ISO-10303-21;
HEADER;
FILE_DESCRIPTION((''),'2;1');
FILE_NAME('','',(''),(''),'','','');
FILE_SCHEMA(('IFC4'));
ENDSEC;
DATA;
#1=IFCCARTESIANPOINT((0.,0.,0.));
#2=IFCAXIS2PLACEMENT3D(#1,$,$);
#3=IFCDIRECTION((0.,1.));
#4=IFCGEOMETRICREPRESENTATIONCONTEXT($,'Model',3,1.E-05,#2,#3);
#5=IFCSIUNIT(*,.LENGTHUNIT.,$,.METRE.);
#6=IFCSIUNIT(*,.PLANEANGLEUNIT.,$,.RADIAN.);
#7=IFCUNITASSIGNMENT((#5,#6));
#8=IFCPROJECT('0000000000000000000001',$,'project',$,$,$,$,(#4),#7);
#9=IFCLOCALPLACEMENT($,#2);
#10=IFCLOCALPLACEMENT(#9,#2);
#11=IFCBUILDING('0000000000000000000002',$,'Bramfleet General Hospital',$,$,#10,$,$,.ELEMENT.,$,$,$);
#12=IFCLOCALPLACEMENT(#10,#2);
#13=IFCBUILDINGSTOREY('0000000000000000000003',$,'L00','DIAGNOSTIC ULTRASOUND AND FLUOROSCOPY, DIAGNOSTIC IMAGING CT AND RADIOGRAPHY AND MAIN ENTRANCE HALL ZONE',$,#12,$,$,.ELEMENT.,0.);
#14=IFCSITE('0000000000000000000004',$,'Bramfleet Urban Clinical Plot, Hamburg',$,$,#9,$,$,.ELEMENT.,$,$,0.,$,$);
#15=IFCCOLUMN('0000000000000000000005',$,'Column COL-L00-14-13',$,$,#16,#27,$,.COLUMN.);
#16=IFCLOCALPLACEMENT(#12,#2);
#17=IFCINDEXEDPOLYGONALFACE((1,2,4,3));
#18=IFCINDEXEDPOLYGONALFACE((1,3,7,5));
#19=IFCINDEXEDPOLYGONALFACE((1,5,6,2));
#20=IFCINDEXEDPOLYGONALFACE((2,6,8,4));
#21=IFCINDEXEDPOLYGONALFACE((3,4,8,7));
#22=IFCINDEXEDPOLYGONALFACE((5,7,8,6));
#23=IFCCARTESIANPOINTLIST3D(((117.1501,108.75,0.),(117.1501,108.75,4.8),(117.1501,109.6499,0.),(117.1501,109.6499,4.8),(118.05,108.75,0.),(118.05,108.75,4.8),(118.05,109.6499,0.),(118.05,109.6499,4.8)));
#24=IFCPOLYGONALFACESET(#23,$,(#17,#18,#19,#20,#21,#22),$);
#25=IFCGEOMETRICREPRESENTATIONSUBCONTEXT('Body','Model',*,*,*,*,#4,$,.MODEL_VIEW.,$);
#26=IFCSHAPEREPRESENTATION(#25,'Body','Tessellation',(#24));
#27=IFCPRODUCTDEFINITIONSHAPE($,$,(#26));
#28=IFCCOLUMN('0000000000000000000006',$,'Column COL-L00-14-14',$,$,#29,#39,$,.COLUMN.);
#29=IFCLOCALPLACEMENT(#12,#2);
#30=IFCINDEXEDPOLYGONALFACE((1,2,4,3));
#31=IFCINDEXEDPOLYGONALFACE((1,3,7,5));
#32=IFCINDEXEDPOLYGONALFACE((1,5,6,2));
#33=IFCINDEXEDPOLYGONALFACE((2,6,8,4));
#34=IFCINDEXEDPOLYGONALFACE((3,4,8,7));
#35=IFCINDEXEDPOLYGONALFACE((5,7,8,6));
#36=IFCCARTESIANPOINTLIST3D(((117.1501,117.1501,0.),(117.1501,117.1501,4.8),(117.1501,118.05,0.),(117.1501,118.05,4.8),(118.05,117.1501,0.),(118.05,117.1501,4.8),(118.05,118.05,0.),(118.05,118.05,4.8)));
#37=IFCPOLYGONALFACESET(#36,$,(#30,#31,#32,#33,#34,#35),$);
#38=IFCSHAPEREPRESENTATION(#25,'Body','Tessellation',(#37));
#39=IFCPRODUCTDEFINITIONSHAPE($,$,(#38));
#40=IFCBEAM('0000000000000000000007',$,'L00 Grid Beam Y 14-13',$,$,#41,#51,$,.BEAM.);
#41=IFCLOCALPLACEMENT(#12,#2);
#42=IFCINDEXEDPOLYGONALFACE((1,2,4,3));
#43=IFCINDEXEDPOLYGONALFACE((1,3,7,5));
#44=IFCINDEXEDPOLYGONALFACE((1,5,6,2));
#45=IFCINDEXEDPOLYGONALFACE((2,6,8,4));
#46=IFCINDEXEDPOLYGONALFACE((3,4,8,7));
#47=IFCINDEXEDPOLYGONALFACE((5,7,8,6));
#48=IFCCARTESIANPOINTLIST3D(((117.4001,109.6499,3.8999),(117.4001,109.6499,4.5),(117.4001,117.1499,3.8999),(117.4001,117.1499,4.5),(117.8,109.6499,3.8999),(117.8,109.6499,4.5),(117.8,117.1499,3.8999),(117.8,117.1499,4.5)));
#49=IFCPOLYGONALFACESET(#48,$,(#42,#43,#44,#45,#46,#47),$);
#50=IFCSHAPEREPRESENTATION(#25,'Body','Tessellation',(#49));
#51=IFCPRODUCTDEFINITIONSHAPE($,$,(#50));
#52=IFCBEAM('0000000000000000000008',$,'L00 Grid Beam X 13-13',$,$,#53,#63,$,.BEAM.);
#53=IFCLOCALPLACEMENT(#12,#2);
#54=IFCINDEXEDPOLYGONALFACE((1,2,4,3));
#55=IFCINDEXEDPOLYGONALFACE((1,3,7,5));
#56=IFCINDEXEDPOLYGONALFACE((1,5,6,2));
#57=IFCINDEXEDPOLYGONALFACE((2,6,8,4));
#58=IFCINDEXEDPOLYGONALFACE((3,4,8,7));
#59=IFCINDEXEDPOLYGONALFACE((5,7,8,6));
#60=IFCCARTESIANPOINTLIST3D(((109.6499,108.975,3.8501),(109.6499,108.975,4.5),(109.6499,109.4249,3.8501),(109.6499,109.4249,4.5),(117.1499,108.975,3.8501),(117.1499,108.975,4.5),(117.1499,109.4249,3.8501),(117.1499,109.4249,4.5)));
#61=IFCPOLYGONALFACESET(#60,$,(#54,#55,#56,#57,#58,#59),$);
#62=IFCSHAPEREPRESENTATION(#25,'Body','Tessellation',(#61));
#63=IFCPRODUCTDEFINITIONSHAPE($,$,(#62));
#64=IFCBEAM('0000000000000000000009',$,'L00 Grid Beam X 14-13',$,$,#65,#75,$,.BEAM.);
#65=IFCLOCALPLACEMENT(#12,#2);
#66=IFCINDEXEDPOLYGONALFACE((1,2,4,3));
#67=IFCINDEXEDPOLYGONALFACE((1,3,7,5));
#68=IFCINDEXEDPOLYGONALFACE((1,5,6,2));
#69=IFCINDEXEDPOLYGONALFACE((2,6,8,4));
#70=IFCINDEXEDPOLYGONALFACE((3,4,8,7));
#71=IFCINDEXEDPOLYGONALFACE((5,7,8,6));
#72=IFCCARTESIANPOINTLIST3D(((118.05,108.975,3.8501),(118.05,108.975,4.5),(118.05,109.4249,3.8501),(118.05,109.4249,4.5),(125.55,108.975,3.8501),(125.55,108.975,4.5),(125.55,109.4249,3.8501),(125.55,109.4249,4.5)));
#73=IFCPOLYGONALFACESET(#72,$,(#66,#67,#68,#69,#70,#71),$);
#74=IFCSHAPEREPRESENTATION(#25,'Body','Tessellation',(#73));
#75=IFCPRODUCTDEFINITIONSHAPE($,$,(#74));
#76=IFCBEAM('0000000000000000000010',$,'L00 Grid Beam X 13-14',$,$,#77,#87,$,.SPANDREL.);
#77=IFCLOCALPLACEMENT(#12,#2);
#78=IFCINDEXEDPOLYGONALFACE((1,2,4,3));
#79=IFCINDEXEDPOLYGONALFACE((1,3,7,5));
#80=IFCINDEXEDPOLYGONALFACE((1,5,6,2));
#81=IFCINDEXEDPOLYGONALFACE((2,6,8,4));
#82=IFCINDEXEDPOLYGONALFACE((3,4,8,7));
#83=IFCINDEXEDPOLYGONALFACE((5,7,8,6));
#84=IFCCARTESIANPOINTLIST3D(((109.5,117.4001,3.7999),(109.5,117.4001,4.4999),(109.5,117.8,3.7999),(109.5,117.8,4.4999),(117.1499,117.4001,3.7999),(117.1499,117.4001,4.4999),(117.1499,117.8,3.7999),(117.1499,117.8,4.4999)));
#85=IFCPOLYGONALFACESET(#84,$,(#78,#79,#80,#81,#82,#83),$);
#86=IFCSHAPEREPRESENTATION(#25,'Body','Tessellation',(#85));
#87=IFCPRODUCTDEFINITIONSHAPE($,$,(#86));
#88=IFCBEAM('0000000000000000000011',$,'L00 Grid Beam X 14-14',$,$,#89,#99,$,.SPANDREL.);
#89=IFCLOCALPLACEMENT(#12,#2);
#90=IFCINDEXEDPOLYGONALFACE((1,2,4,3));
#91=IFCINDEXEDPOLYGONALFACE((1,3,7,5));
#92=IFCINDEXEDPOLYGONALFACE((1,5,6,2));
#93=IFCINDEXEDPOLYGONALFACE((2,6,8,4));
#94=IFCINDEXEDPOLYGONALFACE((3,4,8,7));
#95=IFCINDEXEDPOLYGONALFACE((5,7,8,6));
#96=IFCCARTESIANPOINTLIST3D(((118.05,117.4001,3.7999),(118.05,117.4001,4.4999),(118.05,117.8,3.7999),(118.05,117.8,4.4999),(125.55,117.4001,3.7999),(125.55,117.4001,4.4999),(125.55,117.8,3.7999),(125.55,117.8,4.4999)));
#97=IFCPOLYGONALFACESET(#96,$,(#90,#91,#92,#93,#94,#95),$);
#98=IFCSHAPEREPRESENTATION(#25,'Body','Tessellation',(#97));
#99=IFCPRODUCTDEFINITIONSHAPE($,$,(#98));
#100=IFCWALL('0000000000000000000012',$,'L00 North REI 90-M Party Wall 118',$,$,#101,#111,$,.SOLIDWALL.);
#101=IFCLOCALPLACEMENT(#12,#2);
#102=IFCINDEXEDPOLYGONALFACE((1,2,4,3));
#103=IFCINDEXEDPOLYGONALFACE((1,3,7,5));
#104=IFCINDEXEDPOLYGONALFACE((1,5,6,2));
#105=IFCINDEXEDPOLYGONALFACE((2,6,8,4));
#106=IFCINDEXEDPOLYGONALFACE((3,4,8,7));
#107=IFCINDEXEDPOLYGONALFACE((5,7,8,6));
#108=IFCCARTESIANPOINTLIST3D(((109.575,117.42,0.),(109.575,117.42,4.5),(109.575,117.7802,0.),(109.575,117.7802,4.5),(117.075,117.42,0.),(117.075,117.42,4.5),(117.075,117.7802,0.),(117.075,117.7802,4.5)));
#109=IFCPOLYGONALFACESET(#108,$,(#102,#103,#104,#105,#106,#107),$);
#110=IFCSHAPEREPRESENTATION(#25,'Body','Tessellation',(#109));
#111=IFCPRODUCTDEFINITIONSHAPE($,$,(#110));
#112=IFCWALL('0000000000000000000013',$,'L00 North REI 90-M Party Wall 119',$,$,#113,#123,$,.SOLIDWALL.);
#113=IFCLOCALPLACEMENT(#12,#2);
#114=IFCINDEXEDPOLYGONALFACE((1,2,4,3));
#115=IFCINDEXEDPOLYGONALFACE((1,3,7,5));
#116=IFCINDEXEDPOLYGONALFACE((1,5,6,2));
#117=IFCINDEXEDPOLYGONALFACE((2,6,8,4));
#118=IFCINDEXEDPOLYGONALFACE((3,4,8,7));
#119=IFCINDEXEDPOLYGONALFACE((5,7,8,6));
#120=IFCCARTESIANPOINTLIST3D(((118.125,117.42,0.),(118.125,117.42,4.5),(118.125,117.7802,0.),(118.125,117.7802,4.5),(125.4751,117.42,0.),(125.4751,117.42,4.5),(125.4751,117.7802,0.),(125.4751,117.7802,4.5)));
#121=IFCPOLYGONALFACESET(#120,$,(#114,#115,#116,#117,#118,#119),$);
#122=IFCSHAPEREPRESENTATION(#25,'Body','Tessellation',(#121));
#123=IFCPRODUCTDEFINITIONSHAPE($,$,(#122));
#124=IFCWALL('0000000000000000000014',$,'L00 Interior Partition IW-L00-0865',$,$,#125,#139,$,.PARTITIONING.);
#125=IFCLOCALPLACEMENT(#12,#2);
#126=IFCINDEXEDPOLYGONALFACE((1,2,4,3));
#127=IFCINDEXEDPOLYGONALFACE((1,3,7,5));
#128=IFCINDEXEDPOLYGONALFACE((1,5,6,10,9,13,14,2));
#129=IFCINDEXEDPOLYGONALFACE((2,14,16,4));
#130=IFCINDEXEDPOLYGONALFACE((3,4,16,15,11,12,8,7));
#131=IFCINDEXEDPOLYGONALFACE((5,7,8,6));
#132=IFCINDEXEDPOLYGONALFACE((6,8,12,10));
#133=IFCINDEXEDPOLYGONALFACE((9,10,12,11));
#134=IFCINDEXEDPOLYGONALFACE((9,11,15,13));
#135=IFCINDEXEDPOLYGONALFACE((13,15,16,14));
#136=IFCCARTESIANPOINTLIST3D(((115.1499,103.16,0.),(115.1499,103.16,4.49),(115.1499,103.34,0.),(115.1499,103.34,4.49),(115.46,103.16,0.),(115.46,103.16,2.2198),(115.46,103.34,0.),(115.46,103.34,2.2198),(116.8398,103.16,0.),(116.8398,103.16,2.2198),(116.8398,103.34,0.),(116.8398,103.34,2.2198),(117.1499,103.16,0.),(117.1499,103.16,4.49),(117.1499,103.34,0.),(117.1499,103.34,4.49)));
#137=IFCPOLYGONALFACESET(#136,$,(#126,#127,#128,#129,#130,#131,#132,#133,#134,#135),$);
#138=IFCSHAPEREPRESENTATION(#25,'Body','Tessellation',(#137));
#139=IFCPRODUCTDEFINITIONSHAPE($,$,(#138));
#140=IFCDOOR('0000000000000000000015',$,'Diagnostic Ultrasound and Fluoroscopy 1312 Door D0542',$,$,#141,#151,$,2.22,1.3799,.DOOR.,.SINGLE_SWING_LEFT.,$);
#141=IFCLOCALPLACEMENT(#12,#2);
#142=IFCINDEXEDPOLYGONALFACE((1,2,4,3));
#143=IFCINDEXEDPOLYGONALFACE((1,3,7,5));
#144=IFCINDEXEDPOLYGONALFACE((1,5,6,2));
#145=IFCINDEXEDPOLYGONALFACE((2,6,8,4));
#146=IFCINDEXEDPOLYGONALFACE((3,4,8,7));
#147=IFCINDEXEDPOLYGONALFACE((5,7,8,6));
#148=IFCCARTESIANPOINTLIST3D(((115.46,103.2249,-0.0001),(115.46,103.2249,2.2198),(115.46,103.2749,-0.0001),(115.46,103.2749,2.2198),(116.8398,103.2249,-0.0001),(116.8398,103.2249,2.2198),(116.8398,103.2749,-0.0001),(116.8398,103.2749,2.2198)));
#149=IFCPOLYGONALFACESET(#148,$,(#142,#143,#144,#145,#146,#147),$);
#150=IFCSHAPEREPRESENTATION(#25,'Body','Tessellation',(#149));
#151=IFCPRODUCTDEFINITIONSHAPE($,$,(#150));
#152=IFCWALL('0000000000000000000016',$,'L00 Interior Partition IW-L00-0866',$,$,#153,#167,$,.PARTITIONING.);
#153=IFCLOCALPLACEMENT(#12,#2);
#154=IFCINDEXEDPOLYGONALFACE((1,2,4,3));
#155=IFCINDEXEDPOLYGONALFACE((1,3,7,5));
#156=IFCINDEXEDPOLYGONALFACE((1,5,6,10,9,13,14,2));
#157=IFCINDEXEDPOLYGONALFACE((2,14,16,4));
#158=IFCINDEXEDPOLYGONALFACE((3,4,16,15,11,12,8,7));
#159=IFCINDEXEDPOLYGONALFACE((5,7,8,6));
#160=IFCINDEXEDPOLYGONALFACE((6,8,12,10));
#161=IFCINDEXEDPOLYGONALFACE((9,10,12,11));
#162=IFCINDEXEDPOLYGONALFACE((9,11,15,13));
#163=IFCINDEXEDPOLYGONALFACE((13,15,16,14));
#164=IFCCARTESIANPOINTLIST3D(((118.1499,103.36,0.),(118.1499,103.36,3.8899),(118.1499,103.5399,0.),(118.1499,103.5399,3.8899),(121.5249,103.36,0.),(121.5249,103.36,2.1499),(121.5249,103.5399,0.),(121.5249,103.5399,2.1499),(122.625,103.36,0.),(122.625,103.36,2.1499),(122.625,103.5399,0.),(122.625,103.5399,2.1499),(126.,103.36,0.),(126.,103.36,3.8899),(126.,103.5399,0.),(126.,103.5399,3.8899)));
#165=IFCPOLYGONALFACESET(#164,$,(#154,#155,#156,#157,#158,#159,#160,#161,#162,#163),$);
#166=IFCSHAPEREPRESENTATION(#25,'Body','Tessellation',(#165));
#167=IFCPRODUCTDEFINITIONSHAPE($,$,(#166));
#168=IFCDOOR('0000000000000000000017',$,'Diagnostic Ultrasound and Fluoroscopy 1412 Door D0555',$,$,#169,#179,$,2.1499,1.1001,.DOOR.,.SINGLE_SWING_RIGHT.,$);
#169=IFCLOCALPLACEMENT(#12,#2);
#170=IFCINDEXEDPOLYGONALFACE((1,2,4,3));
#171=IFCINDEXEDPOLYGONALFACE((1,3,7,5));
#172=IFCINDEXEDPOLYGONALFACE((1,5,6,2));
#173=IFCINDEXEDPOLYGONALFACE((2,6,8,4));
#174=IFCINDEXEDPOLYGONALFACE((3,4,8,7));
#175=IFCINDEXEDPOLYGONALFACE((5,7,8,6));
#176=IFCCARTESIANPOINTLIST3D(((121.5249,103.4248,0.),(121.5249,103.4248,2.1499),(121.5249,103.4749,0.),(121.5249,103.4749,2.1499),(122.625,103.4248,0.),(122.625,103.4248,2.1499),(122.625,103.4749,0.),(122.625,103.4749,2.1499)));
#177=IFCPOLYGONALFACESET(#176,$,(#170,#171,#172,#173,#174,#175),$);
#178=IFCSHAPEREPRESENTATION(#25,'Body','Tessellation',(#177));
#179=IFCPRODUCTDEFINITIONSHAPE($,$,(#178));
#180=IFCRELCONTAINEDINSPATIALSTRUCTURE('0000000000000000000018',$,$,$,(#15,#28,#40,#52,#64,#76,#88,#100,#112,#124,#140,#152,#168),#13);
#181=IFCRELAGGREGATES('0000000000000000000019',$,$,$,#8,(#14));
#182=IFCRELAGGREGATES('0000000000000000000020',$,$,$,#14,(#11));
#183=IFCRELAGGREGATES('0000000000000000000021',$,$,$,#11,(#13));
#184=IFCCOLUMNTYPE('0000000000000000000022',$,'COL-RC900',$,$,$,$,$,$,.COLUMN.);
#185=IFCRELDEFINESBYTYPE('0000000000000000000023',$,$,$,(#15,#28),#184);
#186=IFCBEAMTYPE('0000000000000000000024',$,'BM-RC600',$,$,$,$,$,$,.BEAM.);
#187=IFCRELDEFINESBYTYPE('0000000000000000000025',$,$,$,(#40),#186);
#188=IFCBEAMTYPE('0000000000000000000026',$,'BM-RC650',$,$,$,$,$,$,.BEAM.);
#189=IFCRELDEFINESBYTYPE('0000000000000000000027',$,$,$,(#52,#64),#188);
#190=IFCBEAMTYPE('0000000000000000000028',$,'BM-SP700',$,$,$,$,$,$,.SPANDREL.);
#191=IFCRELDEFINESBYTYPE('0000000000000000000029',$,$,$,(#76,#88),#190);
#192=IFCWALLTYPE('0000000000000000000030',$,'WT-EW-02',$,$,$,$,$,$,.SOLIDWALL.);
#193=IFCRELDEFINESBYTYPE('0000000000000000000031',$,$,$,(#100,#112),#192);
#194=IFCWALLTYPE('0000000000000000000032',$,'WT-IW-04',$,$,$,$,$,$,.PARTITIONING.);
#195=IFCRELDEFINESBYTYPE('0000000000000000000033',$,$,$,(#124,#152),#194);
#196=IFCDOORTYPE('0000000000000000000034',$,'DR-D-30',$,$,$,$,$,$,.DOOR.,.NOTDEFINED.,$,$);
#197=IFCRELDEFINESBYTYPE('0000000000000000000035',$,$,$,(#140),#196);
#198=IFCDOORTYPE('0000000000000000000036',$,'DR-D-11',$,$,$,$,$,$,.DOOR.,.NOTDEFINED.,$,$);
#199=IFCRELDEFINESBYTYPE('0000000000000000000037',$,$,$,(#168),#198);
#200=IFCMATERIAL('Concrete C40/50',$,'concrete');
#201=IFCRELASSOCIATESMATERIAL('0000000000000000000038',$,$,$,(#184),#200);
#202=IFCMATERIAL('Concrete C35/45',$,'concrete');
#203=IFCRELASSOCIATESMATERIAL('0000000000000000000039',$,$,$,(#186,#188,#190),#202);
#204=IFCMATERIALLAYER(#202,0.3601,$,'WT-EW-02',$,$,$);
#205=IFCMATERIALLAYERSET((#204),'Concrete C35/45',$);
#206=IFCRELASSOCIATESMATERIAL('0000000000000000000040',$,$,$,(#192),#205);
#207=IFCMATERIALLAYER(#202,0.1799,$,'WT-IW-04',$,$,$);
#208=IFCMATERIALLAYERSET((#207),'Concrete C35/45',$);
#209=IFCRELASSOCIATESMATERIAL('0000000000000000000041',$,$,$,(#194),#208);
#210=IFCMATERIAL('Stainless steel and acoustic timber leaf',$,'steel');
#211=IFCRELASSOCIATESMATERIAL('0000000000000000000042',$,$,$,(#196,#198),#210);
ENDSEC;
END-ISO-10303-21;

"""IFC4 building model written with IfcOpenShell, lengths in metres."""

from ifc_helpers import new_model, si_unit, direction, frame, frame_2d, origin, origin_2d, place, context, subcontext, project, spatial, rectangle, extrude, material, layer, layer_set, material_profile, profile_set, type_object, element, fill, save


model = new_model("IFC4")

# Units and contexts
model_context = context("Model", 3, precision=1e-05, world=origin(), true_north=direction((0.0, 1.0)))
body_context = subcontext(model_context, "Body", "Model", "MODEL_VIEW")
ifc_project = project(units=[si_unit("LENGTHUNIT", "METRE"), si_unit("PLANEANGLEUNIT", "RADIAN")], contexts=[model_context])

# Site, building, storey
site_placement = place(None, origin())
site = spatial("IfcSite", under=ifc_project, at=site_placement, Name="Bramfleet Urban Clinical Plot, Hamburg", CompositionType="ELEMENT", RefElevation=0.0)
building_placement = place(site_placement, origin())
building = spatial("IfcBuilding", under=site, at=building_placement, Name="Bramfleet General Hospital", CompositionType="ELEMENT")
storey_placement = place(building_placement, origin())
storey = spatial("IfcBuildingStorey", under=building, at=storey_placement, Name="L00", Description="DIAGNOSTIC ULTRASOUND AND FLUOROSCOPY, DIAGNOSTIC IMAGING CT AND RADIOGRAPHY AND MAIN ENTRANCE HALL ZONE", CompositionType="ELEMENT", Elevation=0.0)

# Columns
ifc_material_1 = material(Name="Concrete C40/50", Category="concrete")
ifc_material_profile_1 = material_profile(ifc_material_1, rectangle(XDim=0.8999, YDim=0.8999, at=origin_2d()), Name="RC COL 900x900")
ifc_profile_set_1 = profile_set([ifc_material_profile_1], Name="Concrete C40/50")
column_type = type_object("IfcColumnType", Name="COL-RC900", PredefinedType="COLUMN", material=ifc_profile_set_1)
for number, where, z_axis, x_axis, name in (
    (1, (117.6001, 109.2, 0.0), (0.0, 0.0, 1.0), (1.0, 0.0, 0.0), "Column COL-L00-14-13"),
    (2, (117.6001, 117.6001, 0.0), (0.0, 0.0, 1.0), (1.0, 0.0, 0.0), "Column COL-L00-14-14"),
):
    element("IfcColumn", number, at=place(storey_placement, frame(where, z_axis=z_axis, x_axis=x_axis)), inside=storey, type_object=column_type, Name=name, PredefinedType="COLUMN", context=body_context, shape_type="SweptSolid", body=[
        extrude(rectangle(XDim=0.8999, YDim=0.8999, at=origin_2d()), origin(), (0.0, 0.0, 1.0), 4.8),
    ])

# Beams
ifc_material_2 = material(Name="Concrete C35/45", Category="concrete")
ifc_material_profile_2 = material_profile(ifc_material_2, rectangle(XDim=0.3999, YDim=0.6001, at=origin_2d()), Name="RC BM 600x400")
ifc_profile_set_2 = profile_set([ifc_material_profile_2], Name="Concrete C35/45")
beam_type_1 = type_object("IfcBeamType", Name="BM-RC600", PredefinedType="BEAM", material=ifc_profile_set_2)
beam_1_placement = place(storey_placement, frame((117.6001, 109.6499, 4.2), z_axis=(0.0, 1.0, 0.0), x_axis=(-1.0, 0.0, 0.0)))
element("IfcBeam", 3, at=beam_1_placement, inside=storey, type_object=beam_type_1, Name="L00 Grid Beam Y 14-13", PredefinedType="BEAM", context=body_context, shape_type="SweptSolid", body=[
    extrude(rectangle(XDim=0.3999, YDim=0.6001, at=origin_2d()), origin(), (0.0, 0.0, 1.0), 7.5),
])
ifc_material_profile_3 = material_profile(ifc_material_2, rectangle(XDim=0.45, YDim=0.6499, at=origin_2d()), Name="RC BM 650x450")
ifc_profile_set_3 = profile_set([ifc_material_profile_3], Name="Concrete C35/45")
beam_type_2 = type_object("IfcBeamType", Name="BM-RC650", PredefinedType="BEAM", material=ifc_profile_set_3)
for number, where, z_axis, x_axis, name in (
    (4, (109.6499, 109.2, 4.175), (1.0, 0.0, 0.0), (0.0, 1.0, 0.0), "L00 Grid Beam X 13-13"),
    (5, (118.05, 109.2, 4.175), (1.0, 0.0, 0.0), (0.0, 1.0, 0.0), "L00 Grid Beam X 14-13"),
):
    element("IfcBeam", number, at=place(storey_placement, frame(where, z_axis=z_axis, x_axis=x_axis)), inside=storey, type_object=beam_type_2, Name=name, PredefinedType="BEAM", context=body_context, shape_type="SweptSolid", body=[
        extrude(rectangle(XDim=0.45, YDim=0.6499, at=origin_2d()), origin(), (0.0, 0.0, 1.0), 7.5),
    ])
ifc_material_profile_4 = material_profile(ifc_material_2, rectangle(XDim=0.3999, YDim=0.7, at=origin_2d()), Name="RC SP 700x400")
ifc_profile_set_4 = profile_set([ifc_material_profile_4], Name="Concrete C35/45")
beam_type_3 = type_object("IfcBeamType", Name="BM-SP700", PredefinedType="SPANDREL", material=ifc_profile_set_4)
beam_2_placement = place(storey_placement, frame((109.5, 117.6001, 4.1499), z_axis=(1.0, 0.0, 0.0), x_axis=(0.0, 1.0, 0.0)))
element("IfcBeam", 6, at=beam_2_placement, inside=storey, type_object=beam_type_3, Name="L00 Grid Beam X 13-14", PredefinedType="SPANDREL", context=body_context, shape_type="SweptSolid", body=[
    extrude(rectangle(XDim=0.3999, YDim=0.7, at=origin_2d()), origin(), (0.0, 0.0, 1.0), 7.6499),
])
beam_3_placement = place(storey_placement, frame((118.05, 117.6001, 4.1499), z_axis=(1.0, 0.0, 0.0), x_axis=(0.0, 1.0, 0.0)))
element("IfcBeam", 7, at=beam_3_placement, inside=storey, type_object=beam_type_3, Name="L00 Grid Beam X 14-14", PredefinedType="SPANDREL", context=body_context, shape_type="SweptSolid", body=[
    extrude(rectangle(XDim=0.3999, YDim=0.7, at=origin_2d()), origin(), (0.0, 0.0, 1.0), 7.5),
])

# Walls
ifc_layer_1 = layer(ifc_material_2, 0.3601, Name="WT-EW-02")
ifc_layer_set_1 = layer_set([ifc_layer_1], Name="Concrete C35/45")
wall_type_1 = type_object("IfcWallType", Name="WT-EW-02", PredefinedType="SOLIDWALL", material=ifc_layer_set_1)
wall_1_placement = place(storey_placement, frame((109.575, 117.6001, 0.0), z_axis=(0.0, 0.0, 1.0), x_axis=(1.0, 0.0, 0.0)))
element("IfcWall", 8, at=wall_1_placement, inside=storey, type_object=wall_type_1, Name="L00 North REI 90-M Party Wall 118", PredefinedType="SOLIDWALL", context=body_context, shape_type="SweptSolid", body=[
    extrude(rectangle(XDim=7.5, YDim=0.3601, at=frame_2d((3.75, 0.0))), origin(), (0.0, 0.0, 1.0), 4.5),
])
wall_2_placement = place(storey_placement, frame((118.125, 117.6001, 0.0), z_axis=(0.0, 0.0, 1.0), x_axis=(1.0, 0.0, 0.0)))
element("IfcWall", 9, at=wall_2_placement, inside=storey, type_object=wall_type_1, Name="L00 North REI 90-M Party Wall 119", PredefinedType="SOLIDWALL", context=body_context, shape_type="SweptSolid", body=[
    extrude(rectangle(XDim=7.3501, YDim=0.3601, at=frame_2d((3.675, 0.0))), origin(), (0.0, 0.0, 1.0), 4.5),
])

# Walls, openings, doors
ifc_layer_2 = layer(ifc_material_2, 0.1799, Name="WT-IW-04")
ifc_layer_set_2 = layer_set([ifc_layer_2], Name="Concrete C35/45")
wall_type_2 = type_object("IfcWallType", Name="WT-IW-04", PredefinedType="PARTITIONING", material=ifc_layer_set_2)
wall_3_placement = place(storey_placement, frame((115.1499, 103.25, 0.0), z_axis=(0.0, 0.0, 1.0), x_axis=(1.0, 0.0, 0.0)))
wall_3 = element("IfcWall", 10, at=wall_3_placement, inside=storey, type_object=wall_type_2, Name="L00 Interior Partition IW-L00-0865", PredefinedType="PARTITIONING", context=body_context, shape_type="SweptSolid", body=[
    extrude(rectangle(XDim=2.0, YDim=0.1799, at=frame_2d((1.0, 0.0))), origin(), (0.0, 0.0, 1.0), 4.49),
])
opening_1_placement = place(wall_3_placement, frame((0.3101, 0.0, 0.0)))
opening_1 = element("IfcOpeningElement", 11, at=opening_1_placement, cuts=wall_3, PredefinedType="OPENING", context=body_context, shape_type="SweptSolid", body=[
    extrude(rectangle(XDim=1.3799, YDim=2.22, at=frame_2d((0.6899, 1.1099))), frame((0.0, 0.0999, 0.0), z_axis=(0.0, -1.0, 0.0), x_axis=(1.0, 0.0, 0.0)), (0.0, 0.0, 1.0), 0.2),
])
ifc_material_3 = material(Name="Stainless steel and acoustic timber leaf", Category="steel")
door_type_1 = type_object("IfcDoorType", Name="DR-D-30", OperationType="NOTDEFINED", PredefinedType="DOOR", material=ifc_material_3)
door_1_placement = place(opening_1_placement, origin())
door_1 = element("IfcDoor", 12, at=door_1_placement, inside=storey, type_object=door_type_1, Name="Diagnostic Ultrasound and Fluoroscopy 1312 Door D0542", OperationType="SINGLE_SWING_LEFT", OverallHeight=2.22, OverallWidth=1.3799, PredefinedType="DOOR", context=body_context, shape_type="SweptSolid", body=[
    extrude(rectangle(XDim=1.3799, YDim=2.22, at=frame_2d((0.6899, 1.1099))), frame((0.0, 0.0249, 0.0), z_axis=(0.0, -1.0, 0.0), x_axis=(1.0, 0.0, 0.0)), (0.0, 0.0, 1.0), 0.05),
])
fill(opening_1, door_1)
wall_4_placement = place(storey_placement, frame((118.1499, 103.45, 0.0), z_axis=(0.0, 0.0, 1.0), x_axis=(1.0, 0.0, 0.0)))
wall_4 = element("IfcWall", 13, at=wall_4_placement, inside=storey, type_object=wall_type_2, Name="L00 Interior Partition IW-L00-0866", PredefinedType="PARTITIONING", context=body_context, shape_type="SweptSolid", body=[
    extrude(rectangle(XDim=7.8501, YDim=0.1799, at=frame_2d((3.925, 0.0))), origin(), (0.0, 0.0, 1.0), 3.8899),
])
opening_2_placement = place(wall_4_placement, frame((3.375, 0.0, 0.0)))
opening_2 = element("IfcOpeningElement", 14, at=opening_2_placement, cuts=wall_4, PredefinedType="OPENING", context=body_context, shape_type="SweptSolid", body=[
    extrude(rectangle(XDim=1.1001, YDim=2.1499, at=frame_2d((0.55, 1.075))), frame((0.0, 0.0999, 0.0), z_axis=(0.0, -1.0, 0.0), x_axis=(1.0, 0.0, 0.0)), (0.0, 0.0, 1.0), 0.2),
])
door_type_2 = type_object("IfcDoorType", Name="DR-D-11", OperationType="NOTDEFINED", PredefinedType="DOOR", material=ifc_material_3)
door_2_placement = place(opening_2_placement, origin())
door_2 = element("IfcDoor", 15, at=door_2_placement, inside=storey, type_object=door_type_2, Name="Diagnostic Ultrasound and Fluoroscopy 1412 Door D0555", OperationType="SINGLE_SWING_RIGHT", OverallHeight=2.1499, OverallWidth=1.1001, PredefinedType="DOOR", context=body_context, shape_type="SweptSolid", body=[
    extrude(rectangle(XDim=1.1001, YDim=2.1499, at=frame_2d((0.55, 1.075))), frame((0.0, 0.0249, 0.0), z_axis=(0.0, -1.0, 0.0), x_axis=(1.0, 0.0, 0.0)), (0.0, 0.0, 1.0), 0.05),
])
fill(opening_2, door_2)

save(model, "model.ifc")
